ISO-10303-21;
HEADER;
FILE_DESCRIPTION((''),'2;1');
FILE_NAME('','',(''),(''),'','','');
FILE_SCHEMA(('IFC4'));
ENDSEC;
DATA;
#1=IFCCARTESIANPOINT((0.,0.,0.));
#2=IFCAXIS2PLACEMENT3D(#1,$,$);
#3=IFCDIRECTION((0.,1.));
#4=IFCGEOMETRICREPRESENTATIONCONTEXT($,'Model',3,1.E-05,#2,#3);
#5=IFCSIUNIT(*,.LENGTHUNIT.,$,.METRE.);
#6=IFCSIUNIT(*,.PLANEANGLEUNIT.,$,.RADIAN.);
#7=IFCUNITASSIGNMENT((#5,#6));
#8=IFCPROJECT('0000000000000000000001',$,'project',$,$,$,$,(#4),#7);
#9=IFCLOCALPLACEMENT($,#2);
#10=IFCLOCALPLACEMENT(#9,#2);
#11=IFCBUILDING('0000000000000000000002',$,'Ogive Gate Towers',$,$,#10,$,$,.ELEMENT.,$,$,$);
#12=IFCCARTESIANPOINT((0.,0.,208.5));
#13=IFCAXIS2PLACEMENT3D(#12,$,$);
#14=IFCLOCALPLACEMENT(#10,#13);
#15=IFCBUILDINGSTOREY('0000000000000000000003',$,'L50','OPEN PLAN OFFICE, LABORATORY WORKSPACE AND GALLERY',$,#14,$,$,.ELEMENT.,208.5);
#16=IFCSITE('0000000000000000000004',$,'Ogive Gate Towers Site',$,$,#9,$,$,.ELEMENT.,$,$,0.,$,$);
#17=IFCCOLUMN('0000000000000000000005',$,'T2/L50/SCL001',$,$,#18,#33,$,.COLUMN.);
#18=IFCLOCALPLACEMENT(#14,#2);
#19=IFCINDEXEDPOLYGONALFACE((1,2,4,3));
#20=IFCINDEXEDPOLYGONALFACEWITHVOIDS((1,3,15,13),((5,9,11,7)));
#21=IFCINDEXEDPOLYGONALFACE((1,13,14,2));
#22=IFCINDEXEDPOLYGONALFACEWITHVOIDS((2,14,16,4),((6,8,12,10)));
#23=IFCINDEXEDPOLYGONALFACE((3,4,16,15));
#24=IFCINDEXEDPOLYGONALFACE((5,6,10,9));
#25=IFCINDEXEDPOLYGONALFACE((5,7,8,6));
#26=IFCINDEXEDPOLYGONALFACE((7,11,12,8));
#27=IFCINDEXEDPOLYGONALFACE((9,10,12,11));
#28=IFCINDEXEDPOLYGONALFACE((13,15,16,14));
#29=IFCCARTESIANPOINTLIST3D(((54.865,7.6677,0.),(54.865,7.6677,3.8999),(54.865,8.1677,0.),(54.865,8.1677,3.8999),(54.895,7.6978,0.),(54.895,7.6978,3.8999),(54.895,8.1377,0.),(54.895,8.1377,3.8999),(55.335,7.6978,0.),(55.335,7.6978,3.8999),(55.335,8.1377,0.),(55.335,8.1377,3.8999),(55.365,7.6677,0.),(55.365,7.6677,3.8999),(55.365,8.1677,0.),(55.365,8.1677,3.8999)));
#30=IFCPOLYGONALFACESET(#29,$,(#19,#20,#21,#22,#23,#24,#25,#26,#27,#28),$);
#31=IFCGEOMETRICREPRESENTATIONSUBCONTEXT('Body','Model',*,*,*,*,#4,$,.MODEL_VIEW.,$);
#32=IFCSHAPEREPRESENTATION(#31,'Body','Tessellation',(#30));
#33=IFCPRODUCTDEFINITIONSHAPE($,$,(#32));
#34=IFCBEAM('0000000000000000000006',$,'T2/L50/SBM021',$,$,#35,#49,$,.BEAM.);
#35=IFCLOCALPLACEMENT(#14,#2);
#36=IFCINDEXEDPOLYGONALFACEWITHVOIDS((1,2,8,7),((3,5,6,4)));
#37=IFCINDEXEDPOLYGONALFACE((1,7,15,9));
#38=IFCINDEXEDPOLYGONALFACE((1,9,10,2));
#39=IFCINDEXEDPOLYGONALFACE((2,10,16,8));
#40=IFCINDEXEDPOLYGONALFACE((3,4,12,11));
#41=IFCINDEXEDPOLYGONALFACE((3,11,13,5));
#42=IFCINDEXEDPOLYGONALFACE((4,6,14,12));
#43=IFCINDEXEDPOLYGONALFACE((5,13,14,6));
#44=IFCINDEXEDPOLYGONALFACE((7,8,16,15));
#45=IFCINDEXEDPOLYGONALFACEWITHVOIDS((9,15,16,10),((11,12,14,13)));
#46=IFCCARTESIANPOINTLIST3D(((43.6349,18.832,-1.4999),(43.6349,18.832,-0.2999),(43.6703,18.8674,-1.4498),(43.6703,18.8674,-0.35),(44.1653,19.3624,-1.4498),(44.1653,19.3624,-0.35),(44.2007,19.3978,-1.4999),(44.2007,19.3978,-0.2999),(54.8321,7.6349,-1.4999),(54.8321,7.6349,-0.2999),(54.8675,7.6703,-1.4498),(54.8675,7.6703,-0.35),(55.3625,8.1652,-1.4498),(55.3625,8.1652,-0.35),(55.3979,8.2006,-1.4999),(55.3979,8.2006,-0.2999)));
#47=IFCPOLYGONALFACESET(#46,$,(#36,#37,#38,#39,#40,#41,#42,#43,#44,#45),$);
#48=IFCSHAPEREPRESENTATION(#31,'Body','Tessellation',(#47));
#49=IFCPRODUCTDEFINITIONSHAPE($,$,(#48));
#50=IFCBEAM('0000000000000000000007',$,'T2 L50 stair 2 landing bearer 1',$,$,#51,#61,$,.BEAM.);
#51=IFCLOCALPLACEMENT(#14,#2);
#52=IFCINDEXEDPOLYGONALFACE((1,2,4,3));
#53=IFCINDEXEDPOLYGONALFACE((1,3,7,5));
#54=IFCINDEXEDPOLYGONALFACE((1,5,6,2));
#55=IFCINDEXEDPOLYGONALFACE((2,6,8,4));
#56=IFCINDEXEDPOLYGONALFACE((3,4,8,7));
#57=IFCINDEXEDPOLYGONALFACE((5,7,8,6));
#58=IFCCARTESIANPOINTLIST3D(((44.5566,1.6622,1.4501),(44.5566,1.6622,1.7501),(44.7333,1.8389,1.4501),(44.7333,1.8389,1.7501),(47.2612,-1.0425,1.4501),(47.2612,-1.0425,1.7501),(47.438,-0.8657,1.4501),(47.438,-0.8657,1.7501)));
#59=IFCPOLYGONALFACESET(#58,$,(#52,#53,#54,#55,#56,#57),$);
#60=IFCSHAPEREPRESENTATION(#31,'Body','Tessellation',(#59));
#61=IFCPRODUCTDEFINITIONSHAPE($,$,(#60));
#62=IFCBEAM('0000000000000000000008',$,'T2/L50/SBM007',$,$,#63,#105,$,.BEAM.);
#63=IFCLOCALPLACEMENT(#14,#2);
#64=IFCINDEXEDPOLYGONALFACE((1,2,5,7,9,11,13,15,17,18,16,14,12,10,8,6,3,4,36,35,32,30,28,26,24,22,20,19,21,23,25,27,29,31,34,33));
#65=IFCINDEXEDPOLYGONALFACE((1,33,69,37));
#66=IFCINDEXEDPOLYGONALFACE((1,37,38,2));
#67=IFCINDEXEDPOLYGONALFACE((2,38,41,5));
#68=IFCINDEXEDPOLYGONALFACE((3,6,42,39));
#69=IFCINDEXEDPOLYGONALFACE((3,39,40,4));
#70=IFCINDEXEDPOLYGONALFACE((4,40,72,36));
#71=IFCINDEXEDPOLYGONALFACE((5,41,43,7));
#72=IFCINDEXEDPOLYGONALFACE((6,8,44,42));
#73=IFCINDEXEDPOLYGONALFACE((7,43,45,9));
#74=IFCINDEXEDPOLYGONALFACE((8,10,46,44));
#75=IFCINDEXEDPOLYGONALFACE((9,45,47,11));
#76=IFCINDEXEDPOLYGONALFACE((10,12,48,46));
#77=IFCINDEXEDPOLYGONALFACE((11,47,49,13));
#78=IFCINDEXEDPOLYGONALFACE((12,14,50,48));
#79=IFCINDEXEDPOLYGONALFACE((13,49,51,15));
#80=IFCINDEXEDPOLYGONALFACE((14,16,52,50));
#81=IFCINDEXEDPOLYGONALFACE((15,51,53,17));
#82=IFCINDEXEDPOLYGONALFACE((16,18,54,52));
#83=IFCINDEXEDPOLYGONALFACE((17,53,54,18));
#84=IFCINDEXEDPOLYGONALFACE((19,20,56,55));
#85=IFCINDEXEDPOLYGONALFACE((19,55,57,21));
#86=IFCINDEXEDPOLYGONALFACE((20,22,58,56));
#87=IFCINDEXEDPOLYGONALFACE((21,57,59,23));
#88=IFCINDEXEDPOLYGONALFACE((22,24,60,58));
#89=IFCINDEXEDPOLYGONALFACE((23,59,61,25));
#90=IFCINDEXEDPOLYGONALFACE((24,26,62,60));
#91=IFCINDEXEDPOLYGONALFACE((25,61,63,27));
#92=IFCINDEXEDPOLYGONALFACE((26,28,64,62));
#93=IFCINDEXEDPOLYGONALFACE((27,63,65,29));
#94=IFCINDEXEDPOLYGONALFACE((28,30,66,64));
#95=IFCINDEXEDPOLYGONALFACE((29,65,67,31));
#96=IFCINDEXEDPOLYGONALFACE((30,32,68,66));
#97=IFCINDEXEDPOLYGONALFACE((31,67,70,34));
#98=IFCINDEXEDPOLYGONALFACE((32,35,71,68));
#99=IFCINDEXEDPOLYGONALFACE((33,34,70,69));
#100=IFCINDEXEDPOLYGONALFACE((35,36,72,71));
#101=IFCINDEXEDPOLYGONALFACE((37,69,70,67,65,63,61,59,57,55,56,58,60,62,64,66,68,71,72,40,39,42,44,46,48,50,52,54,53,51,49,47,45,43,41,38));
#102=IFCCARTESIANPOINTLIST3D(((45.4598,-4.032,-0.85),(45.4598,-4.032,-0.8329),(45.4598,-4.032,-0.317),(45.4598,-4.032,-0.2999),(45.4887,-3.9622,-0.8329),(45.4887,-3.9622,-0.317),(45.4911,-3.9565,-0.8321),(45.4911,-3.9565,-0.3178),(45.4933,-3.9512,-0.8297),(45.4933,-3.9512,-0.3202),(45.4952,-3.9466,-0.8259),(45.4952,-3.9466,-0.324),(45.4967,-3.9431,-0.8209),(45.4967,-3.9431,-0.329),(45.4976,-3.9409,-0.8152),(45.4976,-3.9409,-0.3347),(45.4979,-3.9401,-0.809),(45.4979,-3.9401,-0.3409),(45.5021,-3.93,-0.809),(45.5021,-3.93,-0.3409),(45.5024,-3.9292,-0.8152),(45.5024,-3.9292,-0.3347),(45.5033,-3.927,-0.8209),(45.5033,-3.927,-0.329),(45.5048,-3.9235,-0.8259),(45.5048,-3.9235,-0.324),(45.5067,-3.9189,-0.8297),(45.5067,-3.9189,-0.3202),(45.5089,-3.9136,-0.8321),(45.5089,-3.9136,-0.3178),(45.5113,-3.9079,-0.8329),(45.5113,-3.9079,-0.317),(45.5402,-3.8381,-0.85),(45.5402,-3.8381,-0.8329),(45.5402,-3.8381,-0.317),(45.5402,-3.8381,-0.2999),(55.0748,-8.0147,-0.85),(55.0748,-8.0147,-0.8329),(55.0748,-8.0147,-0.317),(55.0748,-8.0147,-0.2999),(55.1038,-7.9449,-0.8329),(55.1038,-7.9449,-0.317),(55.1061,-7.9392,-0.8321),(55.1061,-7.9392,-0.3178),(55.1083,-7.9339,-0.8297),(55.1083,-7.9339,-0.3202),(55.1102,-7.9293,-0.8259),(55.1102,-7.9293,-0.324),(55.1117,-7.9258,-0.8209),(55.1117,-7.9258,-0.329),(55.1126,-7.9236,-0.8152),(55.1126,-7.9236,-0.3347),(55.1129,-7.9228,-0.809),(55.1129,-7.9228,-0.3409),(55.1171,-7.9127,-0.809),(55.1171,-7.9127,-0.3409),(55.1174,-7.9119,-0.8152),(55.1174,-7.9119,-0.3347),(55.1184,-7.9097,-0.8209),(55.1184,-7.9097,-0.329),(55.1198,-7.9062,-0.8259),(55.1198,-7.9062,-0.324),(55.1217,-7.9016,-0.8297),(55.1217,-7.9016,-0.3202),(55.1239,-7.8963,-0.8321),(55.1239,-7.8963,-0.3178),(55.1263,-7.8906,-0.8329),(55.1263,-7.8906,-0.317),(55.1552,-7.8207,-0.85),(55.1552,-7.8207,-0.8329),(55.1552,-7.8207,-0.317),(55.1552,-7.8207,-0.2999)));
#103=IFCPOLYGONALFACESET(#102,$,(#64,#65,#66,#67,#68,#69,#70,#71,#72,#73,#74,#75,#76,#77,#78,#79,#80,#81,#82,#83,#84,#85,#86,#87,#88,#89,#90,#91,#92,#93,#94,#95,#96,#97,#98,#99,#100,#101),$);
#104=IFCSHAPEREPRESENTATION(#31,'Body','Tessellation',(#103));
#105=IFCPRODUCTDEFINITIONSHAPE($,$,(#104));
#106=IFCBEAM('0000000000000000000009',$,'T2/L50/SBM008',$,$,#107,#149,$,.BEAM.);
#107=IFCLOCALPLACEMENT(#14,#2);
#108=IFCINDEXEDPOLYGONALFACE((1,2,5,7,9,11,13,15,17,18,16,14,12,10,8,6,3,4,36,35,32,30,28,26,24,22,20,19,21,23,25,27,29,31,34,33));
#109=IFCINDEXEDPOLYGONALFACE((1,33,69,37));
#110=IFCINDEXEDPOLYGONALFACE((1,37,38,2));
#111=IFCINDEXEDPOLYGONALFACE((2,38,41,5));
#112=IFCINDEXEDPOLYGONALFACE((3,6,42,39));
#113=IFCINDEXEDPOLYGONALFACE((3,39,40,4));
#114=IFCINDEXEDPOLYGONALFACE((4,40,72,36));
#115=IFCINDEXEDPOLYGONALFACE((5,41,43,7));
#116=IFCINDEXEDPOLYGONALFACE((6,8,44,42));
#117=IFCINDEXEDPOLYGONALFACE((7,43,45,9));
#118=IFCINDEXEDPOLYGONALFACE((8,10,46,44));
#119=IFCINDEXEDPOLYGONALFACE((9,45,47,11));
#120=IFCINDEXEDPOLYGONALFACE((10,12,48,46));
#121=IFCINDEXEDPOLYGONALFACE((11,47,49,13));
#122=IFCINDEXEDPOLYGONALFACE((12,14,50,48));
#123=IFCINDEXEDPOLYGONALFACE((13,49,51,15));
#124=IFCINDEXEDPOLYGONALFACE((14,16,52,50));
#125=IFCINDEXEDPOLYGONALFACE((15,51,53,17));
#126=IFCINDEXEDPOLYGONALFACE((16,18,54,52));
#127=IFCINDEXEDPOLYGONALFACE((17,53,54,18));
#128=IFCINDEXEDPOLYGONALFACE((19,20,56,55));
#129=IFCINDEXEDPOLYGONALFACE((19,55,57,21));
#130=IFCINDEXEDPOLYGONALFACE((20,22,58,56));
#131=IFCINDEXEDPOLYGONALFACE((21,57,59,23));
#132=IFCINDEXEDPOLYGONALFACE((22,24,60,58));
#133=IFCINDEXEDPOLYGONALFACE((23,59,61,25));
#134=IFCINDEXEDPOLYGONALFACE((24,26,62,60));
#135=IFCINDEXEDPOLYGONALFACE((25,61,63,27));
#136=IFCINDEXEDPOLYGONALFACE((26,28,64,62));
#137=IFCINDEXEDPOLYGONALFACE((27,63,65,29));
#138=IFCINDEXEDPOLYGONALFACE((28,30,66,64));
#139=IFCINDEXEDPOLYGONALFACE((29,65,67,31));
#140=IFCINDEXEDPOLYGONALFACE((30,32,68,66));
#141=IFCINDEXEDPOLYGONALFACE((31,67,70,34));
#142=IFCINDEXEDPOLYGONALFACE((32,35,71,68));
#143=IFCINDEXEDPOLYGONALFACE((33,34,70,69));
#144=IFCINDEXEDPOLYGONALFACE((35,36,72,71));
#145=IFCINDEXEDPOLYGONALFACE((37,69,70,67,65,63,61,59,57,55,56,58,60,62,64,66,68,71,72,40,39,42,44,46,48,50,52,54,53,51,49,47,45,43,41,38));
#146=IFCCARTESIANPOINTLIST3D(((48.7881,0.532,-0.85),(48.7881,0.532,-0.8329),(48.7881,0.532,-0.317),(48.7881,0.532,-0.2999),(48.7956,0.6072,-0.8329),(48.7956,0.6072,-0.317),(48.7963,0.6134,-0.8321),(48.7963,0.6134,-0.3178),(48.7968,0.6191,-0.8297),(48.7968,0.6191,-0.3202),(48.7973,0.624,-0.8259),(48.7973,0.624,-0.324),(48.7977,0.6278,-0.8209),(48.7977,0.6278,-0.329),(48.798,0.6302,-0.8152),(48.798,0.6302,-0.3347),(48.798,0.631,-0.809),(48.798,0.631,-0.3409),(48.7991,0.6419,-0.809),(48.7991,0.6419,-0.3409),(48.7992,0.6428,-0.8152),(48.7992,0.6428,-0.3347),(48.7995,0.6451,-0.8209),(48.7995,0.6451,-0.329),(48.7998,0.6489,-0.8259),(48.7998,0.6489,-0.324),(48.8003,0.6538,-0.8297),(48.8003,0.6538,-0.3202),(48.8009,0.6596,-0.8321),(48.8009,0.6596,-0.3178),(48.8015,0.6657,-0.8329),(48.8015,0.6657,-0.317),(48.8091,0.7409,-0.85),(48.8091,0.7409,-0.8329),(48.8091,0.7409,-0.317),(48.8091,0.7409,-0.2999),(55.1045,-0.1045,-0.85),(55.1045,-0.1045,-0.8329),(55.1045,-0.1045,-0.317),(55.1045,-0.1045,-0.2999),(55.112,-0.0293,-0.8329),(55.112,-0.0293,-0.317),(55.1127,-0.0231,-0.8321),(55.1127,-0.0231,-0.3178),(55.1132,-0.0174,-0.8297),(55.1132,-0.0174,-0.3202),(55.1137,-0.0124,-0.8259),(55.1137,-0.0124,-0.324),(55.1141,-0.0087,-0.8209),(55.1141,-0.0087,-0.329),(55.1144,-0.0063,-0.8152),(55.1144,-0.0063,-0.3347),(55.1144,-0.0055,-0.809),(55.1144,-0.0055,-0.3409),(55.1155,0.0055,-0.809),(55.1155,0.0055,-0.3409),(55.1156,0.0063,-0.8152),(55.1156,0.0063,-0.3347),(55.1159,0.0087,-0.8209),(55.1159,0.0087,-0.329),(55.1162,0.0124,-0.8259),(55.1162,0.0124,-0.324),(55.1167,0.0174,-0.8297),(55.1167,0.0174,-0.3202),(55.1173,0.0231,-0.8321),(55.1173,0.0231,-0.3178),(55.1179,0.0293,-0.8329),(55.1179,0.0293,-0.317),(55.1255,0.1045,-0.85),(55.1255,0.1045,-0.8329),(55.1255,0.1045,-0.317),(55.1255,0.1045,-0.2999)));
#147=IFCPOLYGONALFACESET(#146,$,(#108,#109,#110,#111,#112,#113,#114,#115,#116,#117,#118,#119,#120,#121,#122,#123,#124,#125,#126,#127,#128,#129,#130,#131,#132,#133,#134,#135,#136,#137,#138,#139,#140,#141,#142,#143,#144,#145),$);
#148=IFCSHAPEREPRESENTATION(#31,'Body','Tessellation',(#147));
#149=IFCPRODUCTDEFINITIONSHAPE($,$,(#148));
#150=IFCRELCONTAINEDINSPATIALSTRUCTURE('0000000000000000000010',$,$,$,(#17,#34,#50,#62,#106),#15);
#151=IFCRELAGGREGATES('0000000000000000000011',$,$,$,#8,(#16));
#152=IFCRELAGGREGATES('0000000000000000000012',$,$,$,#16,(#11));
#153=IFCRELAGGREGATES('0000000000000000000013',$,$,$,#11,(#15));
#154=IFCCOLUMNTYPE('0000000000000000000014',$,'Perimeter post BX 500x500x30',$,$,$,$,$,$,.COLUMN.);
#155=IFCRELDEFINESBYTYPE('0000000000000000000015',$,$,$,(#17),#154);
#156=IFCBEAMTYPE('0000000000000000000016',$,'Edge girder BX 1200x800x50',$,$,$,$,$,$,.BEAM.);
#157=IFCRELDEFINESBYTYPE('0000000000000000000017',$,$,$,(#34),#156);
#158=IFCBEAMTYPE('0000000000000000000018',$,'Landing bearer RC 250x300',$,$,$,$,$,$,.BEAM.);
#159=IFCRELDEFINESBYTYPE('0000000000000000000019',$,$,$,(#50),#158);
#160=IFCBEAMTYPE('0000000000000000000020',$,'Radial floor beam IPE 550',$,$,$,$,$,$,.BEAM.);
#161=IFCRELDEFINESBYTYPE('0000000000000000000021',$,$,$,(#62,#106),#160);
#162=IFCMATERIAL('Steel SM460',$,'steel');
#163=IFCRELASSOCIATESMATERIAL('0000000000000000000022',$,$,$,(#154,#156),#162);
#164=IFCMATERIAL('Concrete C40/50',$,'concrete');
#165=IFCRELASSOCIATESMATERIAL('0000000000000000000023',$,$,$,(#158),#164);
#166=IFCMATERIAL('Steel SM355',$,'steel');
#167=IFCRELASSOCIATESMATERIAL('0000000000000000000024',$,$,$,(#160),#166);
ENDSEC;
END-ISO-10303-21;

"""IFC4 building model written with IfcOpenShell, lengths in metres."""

from ifc_helpers import new_model, si_unit, direction, frame, origin, origin_2d, place, context, subcontext, project, spatial, rectangle, hollow_rectangle, i_section, extrude, material, material_profile, profile_set, type_object, element, save


model = new_model("IFC4")

# Units and contexts
model_context = context("Model", 3, precision=1e-05, world=origin(), true_north=direction((0.0, 1.0)))
body_context = subcontext(model_context, "Body", "Model", "MODEL_VIEW")
ifc_project = project(units=[si_unit("LENGTHUNIT", "METRE"), si_unit("PLANEANGLEUNIT", "RADIAN")], contexts=[model_context])

# Site, building, storey
site_placement = place(None, origin())
site = spatial("IfcSite", under=ifc_project, at=site_placement, Name="Ogive Gate Towers Site", CompositionType="ELEMENT", RefElevation=0.0)
building_placement = place(site_placement, origin())
building = spatial("IfcBuilding", under=site, at=building_placement, Name="Ogive Gate Towers", CompositionType="ELEMENT")
storey_placement = place(building_placement, frame((0.0, 0.0, 208.5)))
storey = spatial("IfcBuildingStorey", under=building, at=storey_placement, Name="L50", Description="OPEN PLAN OFFICE, LABORATORY WORKSPACE AND GALLERY", CompositionType="ELEMENT", Elevation=208.5)

# Column
ifc_material_1 = material(Name="Steel SM460", Category="steel")
ifc_material_profile_1 = material_profile(ifc_material_1, hollow_rectangle(XDim=0.5, YDim=0.5, WallThickness=0.03, at=origin_2d()), Name="BX 500x500x30")
ifc_profile_set_1 = profile_set([ifc_material_profile_1], Name="Steel SM460")
column_type = type_object("IfcColumnType", Name="Perimeter post BX 500x500x30", PredefinedType="COLUMN", material=ifc_profile_set_1)
column_placement = place(storey_placement, frame((55.115, 7.9177, 0.0), z_axis=(0.0, 0.0, 1.0), x_axis=(1.0, 0.0, 0.0)))
element("IfcColumn", 1, at=column_placement, inside=storey, type_object=column_type, Name="T2/L50/SCL001", PredefinedType="COLUMN", context=body_context, shape_type="SweptSolid", body=[
    extrude(hollow_rectangle(XDim=0.5, YDim=0.5, WallThickness=0.03, at=origin_2d()), origin(), (0.0, 0.0, 1.0), 3.8999),
])

# Beams
ifc_material_profile_2 = material_profile(ifc_material_1, hollow_rectangle(XDim=0.8, YDim=1.2, WallThickness=0.05, at=origin_2d()), Name="BX 1200x800x50")
ifc_profile_set_2 = profile_set([ifc_material_profile_2], Name="Steel SM460")
beam_type_1 = type_object("IfcBeamType", Name="Edge girder BX 1200x800x50", PredefinedType="BEAM", material=ifc_profile_set_2)
beam_1_placement = place(storey_placement, frame((55.115, 7.9177, -0.8999), z_axis=(-0.707107, 0.707107, 0.0), x_axis=(-0.707107, -0.707107, 0.0)))
element("IfcBeam", 2, at=beam_1_placement, inside=storey, type_object=beam_type_1, Name="T2/L50/SBM021", PredefinedType="BEAM", context=body_context, shape_type="SweptSolid", body=[
    extrude(hollow_rectangle(XDim=0.8, YDim=1.2, WallThickness=0.05, at=origin_2d()), origin(), (0.0, 0.0, 1.0), 15.8352),
])
ifc_material_2 = material(Name="Concrete C40/50", Category="concrete")
ifc_material_profile_3 = material_profile(ifc_material_2, rectangle(XDim=0.25, YDim=0.3, at=origin_2d()), Name="RC 250x300")
ifc_profile_set_3 = profile_set([ifc_material_profile_3], Name="Concrete C40/50")
beam_type_2 = type_object("IfcBeamType", Name="Landing bearer RC 250x300", PredefinedType="BEAM", material=ifc_profile_set_3)
beam_2_placement = place(storey_placement, frame((47.3496, -0.9541, 1.6001), z_axis=(-0.707107, 0.707107, 0.0), x_axis=(-0.707107, -0.707107, 0.0)))
element("IfcBeam", 3, at=beam_2_placement, inside=storey, type_object=beam_type_2, Name="T2 L50 stair 2 landing bearer 1", PredefinedType="BEAM", context=body_context, shape_type="SweptSolid", body=[
    extrude(rectangle(XDim=0.25, YDim=0.3, at=origin_2d()), origin(), (0.0, 0.0, 1.0), 3.825),
])
ifc_material_3 = material(Name="Steel SM355", Category="steel")
ifc_material_profile_4 = material_profile(ifc_material_3, i_section(OverallWidth=0.21, OverallDepth=0.55, WebThickness=0.011, FlangeThickness=0.0171, FilletRadius=0.0239, at=origin_2d()), Name="IPE 550")
ifc_profile_set_4 = profile_set([ifc_material_profile_4], Name="Steel SM355")
beam_type_3 = type_object("IfcBeamType", Name="Radial floor beam IPE 550", PredefinedType="BEAM", material=ifc_profile_set_4)
beam_3_placement = place(storey_placement, frame((45.5, -3.9351, -0.575), z_axis=(0.923879, -0.382684, 0.0), x_axis=(0.382684, 0.923879, 0.0)))
element("IfcBeam", 4, at=beam_3_placement, inside=storey, type_object=beam_type_3, Name="T2/L50/SBM007", PredefinedType="BEAM", context=body_context, shape_type="SweptSolid", body=[
    extrude(i_section(OverallWidth=0.21, OverallDepth=0.55, WebThickness=0.011, FlangeThickness=0.0171, FilletRadius=0.0239, at=origin_2d()), origin(), (0.0, 0.0, 1.0), 10.4072),
])
beam_4_placement = place(storey_placement, frame((48.7986, 0.6365, -0.575), z_axis=(0.994962, -0.100258, 0.0), x_axis=(0.100258, 0.994962, 0.0)))
element("IfcBeam", 5, at=beam_4_placement, inside=storey, type_object=beam_type_3, Name="T2/L50/SBM008", PredefinedType="BEAM", context=body_context, shape_type="SweptSolid", body=[
    extrude(i_section(OverallWidth=0.21, OverallDepth=0.55, WebThickness=0.011, FlangeThickness=0.0171, FilletRadius=0.0239, at=origin_2d()), origin(), (0.0, 0.0, 1.0), 6.3484),
])

save(model, "model.ifc")
